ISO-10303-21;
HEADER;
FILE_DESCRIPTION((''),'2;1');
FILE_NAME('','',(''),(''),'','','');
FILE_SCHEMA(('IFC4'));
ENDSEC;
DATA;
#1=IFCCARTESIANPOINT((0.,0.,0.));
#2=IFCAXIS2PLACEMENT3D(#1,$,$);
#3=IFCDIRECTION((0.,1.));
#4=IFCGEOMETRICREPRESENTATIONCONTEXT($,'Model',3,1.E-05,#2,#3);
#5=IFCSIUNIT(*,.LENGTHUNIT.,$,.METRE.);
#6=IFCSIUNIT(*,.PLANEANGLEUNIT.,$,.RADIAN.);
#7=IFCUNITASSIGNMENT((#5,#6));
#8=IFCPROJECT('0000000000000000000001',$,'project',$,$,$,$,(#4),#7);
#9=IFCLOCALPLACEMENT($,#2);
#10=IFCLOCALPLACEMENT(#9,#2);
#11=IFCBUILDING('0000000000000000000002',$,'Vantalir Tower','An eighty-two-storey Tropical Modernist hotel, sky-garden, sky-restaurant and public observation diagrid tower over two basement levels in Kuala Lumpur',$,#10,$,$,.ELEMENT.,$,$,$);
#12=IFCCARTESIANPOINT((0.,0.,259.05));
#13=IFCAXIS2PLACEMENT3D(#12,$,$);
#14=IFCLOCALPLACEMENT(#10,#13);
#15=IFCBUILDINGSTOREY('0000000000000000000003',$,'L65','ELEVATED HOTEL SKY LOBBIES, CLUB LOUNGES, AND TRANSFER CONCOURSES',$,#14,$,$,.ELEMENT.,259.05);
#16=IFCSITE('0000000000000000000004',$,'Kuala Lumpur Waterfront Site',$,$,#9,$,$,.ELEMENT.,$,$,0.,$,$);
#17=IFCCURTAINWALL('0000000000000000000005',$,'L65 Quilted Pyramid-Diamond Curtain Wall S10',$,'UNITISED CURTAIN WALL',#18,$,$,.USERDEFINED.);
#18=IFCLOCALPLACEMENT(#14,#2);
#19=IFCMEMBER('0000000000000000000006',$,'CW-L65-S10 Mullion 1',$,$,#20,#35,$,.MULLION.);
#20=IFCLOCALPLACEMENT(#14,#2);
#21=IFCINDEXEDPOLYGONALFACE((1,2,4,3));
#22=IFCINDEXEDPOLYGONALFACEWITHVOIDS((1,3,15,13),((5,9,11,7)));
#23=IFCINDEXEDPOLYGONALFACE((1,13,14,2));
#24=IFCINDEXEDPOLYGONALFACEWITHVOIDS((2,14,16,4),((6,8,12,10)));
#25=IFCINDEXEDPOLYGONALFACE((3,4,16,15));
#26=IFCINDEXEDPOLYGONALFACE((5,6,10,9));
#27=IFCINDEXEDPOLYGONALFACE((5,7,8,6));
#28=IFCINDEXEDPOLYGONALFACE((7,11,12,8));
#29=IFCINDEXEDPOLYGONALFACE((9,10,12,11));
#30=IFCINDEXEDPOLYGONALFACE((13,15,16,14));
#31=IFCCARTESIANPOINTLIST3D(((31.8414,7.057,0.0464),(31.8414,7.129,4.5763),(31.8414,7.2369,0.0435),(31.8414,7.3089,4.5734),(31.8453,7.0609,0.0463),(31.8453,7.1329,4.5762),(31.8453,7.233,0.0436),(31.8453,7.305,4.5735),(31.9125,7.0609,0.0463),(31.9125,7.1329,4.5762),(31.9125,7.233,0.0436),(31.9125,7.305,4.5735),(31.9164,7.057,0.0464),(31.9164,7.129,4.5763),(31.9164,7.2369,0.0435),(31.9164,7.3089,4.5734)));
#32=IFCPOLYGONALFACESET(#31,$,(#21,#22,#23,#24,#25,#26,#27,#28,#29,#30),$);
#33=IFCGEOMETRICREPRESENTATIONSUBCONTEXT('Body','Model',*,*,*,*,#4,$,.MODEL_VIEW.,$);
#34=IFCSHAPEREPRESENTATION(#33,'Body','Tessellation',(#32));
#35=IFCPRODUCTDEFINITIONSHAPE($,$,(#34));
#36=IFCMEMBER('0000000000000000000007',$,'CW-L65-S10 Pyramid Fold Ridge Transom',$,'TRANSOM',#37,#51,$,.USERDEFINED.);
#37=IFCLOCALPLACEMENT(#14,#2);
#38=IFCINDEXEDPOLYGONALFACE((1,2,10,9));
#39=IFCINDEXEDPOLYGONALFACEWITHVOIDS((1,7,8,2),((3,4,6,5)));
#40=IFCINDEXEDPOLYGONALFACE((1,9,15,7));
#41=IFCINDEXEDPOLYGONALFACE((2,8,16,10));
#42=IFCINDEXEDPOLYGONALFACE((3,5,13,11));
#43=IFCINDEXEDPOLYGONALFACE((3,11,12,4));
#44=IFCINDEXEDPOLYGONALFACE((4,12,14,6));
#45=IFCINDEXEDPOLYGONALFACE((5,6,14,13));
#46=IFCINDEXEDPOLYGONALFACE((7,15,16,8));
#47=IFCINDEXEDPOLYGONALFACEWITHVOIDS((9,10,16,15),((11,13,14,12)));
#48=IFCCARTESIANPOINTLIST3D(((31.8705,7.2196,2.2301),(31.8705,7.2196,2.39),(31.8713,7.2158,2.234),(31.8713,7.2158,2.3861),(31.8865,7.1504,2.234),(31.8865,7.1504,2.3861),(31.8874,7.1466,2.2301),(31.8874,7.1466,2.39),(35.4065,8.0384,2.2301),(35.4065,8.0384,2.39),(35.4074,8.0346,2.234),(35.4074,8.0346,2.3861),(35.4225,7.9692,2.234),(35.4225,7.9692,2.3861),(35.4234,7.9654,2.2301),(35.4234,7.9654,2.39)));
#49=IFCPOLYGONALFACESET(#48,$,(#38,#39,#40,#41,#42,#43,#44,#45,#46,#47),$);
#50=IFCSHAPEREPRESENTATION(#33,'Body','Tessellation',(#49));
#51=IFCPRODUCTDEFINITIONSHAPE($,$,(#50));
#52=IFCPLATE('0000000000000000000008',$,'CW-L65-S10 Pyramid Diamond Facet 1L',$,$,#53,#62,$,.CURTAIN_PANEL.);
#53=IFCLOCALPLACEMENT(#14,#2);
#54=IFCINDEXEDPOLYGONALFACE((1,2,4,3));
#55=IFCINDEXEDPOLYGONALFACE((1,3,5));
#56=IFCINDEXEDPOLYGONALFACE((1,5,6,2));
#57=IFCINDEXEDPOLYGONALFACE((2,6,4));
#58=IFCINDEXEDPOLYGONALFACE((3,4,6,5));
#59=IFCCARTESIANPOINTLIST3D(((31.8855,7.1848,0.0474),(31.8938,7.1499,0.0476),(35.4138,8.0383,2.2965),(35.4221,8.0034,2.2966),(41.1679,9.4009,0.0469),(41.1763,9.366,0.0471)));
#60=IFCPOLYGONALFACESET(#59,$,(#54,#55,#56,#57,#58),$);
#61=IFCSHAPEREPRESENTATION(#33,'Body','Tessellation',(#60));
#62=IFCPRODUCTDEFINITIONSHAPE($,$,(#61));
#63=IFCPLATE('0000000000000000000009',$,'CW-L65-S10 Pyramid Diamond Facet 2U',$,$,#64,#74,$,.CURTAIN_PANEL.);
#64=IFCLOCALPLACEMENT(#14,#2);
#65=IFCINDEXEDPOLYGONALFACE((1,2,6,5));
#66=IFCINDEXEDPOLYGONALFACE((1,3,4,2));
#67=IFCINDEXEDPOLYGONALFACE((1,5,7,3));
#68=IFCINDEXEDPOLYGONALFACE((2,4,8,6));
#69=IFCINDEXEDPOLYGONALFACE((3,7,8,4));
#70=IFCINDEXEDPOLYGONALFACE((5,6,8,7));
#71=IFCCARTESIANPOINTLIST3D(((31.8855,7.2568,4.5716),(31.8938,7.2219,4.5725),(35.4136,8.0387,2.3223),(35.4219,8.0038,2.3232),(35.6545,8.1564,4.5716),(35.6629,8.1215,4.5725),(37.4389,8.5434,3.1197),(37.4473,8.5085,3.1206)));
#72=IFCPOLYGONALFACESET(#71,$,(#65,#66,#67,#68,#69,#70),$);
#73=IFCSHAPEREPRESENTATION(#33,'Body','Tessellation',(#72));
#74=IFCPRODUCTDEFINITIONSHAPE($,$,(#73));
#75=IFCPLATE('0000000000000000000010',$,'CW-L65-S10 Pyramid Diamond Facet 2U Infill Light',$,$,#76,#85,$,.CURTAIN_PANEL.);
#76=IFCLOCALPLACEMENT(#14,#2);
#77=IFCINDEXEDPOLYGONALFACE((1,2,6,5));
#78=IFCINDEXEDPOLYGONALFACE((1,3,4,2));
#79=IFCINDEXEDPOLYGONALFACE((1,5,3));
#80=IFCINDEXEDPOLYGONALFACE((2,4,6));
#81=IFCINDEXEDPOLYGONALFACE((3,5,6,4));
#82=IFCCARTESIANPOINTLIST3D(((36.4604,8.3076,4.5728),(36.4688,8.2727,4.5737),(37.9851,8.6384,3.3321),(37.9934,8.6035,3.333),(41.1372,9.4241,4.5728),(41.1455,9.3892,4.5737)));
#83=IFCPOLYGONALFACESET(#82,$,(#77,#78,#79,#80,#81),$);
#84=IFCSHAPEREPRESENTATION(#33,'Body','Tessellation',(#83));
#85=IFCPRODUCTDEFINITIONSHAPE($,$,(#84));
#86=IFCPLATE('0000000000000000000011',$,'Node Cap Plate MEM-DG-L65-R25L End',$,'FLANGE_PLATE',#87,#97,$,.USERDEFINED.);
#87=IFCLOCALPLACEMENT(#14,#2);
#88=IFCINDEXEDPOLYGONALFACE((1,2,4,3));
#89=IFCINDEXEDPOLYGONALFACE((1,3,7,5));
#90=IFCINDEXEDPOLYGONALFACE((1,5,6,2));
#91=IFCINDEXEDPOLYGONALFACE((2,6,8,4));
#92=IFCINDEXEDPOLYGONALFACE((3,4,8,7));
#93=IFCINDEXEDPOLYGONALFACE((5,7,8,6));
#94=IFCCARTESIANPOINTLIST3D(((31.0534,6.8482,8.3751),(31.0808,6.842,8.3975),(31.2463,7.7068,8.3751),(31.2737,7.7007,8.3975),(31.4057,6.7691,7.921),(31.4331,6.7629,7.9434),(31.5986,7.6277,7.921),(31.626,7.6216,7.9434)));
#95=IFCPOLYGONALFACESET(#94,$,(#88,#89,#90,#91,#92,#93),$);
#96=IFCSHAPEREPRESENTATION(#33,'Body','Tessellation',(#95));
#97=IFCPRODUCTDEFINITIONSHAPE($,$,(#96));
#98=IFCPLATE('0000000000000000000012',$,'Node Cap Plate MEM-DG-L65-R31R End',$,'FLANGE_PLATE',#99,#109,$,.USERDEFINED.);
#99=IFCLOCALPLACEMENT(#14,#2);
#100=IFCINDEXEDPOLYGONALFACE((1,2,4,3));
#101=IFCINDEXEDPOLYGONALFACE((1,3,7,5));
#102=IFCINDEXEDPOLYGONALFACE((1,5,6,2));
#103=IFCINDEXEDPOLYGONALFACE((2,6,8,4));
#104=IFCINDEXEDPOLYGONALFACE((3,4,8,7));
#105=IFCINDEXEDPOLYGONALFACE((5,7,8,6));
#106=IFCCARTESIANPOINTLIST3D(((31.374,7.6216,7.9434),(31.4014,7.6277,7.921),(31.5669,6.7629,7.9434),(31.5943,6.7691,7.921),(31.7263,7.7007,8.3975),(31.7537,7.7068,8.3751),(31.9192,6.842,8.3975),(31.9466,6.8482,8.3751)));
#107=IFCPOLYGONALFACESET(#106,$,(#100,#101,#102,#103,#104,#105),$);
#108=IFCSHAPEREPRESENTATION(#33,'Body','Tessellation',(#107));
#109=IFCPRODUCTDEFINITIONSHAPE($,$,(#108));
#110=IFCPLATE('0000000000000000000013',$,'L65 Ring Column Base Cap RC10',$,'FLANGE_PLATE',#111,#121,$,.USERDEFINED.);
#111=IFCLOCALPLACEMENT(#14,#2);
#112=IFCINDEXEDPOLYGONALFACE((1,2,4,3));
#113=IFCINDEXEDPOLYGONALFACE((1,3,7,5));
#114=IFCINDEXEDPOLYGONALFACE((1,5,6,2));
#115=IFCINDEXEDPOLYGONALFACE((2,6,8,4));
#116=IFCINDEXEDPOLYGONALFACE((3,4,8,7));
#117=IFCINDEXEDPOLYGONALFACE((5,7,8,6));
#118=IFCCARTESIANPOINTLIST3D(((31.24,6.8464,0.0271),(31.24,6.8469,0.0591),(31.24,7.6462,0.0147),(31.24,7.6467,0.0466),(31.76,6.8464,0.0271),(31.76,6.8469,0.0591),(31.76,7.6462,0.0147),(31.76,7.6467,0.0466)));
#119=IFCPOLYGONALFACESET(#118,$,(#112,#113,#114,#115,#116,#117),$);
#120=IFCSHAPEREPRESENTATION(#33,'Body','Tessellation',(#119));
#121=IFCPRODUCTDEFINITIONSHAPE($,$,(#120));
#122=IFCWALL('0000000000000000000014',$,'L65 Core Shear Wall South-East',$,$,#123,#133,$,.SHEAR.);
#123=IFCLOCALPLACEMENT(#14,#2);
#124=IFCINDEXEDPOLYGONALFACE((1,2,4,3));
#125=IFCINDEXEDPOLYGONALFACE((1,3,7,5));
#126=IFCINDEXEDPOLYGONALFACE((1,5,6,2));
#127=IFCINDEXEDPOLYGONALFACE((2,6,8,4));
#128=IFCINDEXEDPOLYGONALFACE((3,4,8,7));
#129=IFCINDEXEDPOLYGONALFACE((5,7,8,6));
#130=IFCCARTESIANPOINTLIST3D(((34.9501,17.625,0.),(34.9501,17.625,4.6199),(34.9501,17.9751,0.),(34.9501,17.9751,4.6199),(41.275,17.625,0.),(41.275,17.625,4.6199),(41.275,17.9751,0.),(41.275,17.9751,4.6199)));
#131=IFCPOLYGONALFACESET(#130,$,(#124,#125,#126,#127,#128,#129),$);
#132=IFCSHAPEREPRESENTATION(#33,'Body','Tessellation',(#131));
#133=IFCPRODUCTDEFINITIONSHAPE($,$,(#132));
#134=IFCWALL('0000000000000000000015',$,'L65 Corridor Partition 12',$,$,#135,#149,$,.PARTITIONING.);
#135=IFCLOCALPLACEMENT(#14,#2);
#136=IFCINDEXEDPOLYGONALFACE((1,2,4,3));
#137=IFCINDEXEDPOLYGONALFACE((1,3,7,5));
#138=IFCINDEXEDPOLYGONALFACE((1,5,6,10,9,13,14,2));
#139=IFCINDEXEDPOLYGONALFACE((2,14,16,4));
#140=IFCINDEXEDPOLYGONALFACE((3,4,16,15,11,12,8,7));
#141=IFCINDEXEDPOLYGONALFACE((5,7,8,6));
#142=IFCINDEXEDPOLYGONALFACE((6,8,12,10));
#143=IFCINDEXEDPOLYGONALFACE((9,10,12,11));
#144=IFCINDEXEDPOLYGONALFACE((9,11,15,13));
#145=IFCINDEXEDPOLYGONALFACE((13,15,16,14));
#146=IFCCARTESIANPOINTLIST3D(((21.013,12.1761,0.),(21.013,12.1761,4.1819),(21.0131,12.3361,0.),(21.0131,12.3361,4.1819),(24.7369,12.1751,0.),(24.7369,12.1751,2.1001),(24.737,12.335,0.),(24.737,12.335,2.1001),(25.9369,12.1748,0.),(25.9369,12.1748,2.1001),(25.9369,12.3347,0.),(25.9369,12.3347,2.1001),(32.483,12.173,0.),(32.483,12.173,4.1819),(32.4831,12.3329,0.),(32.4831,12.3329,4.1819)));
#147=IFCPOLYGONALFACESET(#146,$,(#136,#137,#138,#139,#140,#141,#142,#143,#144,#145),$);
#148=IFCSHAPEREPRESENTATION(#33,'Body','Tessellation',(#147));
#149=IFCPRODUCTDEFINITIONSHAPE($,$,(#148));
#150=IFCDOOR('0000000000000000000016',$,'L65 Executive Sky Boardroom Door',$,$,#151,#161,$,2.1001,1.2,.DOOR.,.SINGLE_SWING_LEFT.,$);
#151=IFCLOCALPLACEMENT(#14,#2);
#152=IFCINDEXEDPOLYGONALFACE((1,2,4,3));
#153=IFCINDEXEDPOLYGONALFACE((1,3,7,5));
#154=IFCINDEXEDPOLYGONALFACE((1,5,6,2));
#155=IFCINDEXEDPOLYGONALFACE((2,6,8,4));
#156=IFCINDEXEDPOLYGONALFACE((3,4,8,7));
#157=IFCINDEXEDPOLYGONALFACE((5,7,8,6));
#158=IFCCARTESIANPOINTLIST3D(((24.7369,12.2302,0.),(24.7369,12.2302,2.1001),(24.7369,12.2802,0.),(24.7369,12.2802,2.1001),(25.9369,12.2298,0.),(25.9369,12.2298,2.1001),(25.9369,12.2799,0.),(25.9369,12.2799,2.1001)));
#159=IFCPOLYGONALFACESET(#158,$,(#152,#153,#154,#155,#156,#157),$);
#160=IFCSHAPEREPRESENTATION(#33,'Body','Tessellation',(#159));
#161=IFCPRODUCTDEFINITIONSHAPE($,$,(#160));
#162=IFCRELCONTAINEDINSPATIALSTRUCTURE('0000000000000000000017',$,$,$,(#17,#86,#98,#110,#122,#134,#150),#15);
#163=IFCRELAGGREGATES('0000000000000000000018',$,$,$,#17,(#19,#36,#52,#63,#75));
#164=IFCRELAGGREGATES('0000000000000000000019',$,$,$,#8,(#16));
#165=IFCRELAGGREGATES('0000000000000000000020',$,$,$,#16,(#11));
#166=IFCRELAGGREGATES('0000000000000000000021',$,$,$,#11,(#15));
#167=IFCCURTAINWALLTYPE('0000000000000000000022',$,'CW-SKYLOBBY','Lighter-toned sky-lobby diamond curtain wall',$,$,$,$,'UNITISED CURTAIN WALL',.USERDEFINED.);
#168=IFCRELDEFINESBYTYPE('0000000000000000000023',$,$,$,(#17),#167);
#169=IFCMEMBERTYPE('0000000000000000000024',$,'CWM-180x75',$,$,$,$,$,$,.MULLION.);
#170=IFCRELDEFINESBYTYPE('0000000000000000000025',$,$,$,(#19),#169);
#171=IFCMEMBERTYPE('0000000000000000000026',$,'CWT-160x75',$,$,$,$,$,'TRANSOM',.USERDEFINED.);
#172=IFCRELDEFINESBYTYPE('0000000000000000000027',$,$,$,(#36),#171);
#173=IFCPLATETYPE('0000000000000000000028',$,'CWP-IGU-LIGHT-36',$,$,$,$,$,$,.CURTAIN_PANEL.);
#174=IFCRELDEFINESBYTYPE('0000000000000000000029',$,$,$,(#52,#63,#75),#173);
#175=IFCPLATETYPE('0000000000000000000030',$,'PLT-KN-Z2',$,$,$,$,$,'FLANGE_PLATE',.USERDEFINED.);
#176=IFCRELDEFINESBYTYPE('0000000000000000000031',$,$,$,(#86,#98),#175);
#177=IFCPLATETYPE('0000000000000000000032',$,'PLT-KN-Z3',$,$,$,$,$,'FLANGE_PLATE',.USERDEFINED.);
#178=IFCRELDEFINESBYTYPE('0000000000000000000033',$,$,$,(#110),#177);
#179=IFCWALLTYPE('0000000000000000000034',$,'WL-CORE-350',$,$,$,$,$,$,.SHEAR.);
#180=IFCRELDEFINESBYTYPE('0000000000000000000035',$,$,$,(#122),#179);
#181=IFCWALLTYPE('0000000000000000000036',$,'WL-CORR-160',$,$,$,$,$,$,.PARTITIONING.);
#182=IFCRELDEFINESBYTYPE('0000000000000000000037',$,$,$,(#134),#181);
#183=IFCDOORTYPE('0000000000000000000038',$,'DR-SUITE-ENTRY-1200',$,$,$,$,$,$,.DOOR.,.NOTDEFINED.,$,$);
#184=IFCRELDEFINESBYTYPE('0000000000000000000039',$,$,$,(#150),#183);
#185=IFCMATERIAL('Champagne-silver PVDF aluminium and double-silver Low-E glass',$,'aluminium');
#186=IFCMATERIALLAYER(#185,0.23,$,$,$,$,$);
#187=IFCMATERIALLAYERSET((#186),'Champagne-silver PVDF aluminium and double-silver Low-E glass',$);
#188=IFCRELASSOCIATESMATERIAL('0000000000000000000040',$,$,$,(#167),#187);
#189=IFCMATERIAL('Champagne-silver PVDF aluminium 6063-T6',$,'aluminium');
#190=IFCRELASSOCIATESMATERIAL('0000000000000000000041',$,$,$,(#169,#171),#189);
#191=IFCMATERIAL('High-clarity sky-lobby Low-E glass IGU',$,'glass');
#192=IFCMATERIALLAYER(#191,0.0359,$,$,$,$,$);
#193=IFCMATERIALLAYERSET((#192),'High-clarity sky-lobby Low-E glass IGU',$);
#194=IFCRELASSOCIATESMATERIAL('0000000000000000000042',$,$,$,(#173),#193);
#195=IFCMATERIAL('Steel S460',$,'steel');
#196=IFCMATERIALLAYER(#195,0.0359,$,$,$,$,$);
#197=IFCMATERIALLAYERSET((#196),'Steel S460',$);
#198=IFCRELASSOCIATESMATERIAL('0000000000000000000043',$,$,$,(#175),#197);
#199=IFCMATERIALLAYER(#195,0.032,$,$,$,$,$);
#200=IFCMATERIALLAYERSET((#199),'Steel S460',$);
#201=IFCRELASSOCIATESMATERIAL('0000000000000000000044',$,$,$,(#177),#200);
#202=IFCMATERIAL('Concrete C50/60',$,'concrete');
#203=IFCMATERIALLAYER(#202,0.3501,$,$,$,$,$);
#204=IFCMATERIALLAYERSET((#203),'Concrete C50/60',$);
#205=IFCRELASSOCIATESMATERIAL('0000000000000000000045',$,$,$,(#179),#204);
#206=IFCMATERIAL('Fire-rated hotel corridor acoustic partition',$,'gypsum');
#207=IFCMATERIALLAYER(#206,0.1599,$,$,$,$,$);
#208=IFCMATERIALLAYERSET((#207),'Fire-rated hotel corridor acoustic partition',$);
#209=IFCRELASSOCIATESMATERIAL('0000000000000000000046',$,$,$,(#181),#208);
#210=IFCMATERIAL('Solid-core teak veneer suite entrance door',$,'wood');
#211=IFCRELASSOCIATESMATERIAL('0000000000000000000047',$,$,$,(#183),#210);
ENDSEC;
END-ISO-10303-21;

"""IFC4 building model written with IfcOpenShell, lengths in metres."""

from ifc_helpers import new_model, si_unit, direction, frame, frame_2d, origin, origin_2d, place, context, subcontext, project, spatial, polyline, rectangle, hollow_rectangle, outline, extrude, material, layer, layer_set, material_profile, profile_set, type_object, element, fill, aggregate, save


model = new_model("IFC4")

# Units and contexts
model_context = context("Model", 3, precision=1e-05, world=origin(), true_north=direction((0.0, 1.0)))
body_context = subcontext(model_context, "Body", "Model", "MODEL_VIEW")
ifc_project = project(units=[si_unit("LENGTHUNIT", "METRE"), si_unit("PLANEANGLEUNIT", "RADIAN")], contexts=[model_context])

# Site, building, storey
site_placement = place(None, origin())
site = spatial("IfcSite", under=ifc_project, at=site_placement, Name="Kuala Lumpur Waterfront Site", CompositionType="ELEMENT", RefElevation=0.0)
building_placement = place(site_placement, origin())
building = spatial("IfcBuilding", under=site, at=building_placement, Name="Vantalir Tower", Description="An eighty-two-storey Tropical Modernist hotel, sky-garden, sky-restaurant and public observation diagrid tower over two basement levels in Kuala Lumpur", CompositionType="ELEMENT")
storey_placement = place(building_placement, frame((0.0, 0.0, 259.05)))
storey = spatial("IfcBuildingStorey", under=building, at=storey_placement, Name="L65", Description="ELEVATED HOTEL SKY LOBBIES, CLUB LOUNGES, AND TRANSFER CONCOURSES", CompositionType="ELEMENT", Elevation=259.05)

# Shared definitions
ifc_material_1 = material(Name="Concrete C50/60", Category="concrete")
ifc_material_2 = material(Name="Steel S460", Category="steel")

# Curtain wall, members, plates
ifc_material_3 = material(Name="Champagne-silver PVDF aluminium and double-silver Low-E glass", Category="aluminium")
ifc_layer_1 = layer(ifc_material_3, 0.23)
ifc_layer_set_1 = layer_set([ifc_layer_1], Name="Champagne-silver PVDF aluminium and double-silver Low-E glass")
curtain_wall_type = type_object("IfcCurtainWallType", Name="CW-SKYLOBBY", Description="Lighter-toned sky-lobby diamond curtain wall", ElementType="UNITISED CURTAIN WALL", PredefinedType="USERDEFINED", material=ifc_layer_set_1)
curtain_wall_placement = place(storey_placement, origin())
curtain_wall = element("IfcCurtainWall", 1, at=curtain_wall_placement, inside=storey, type_object=curtain_wall_type, Name="L65 Quilted Pyramid-Diamond Curtain Wall S10", ObjectType="UNITISED CURTAIN WALL", PredefinedType="USERDEFINED")
ifc_material_4 = material(Name="Champagne-silver PVDF aluminium 6063-T6", Category="aluminium")
ifc_material_profile_1 = material_profile(ifc_material_4, hollow_rectangle(XDim=0.075, YDim=0.1799, WallThickness=0.0039, at=origin_2d()), Name="Champagne-silver PVDF aluminium 6063-T6")
ifc_profile_set_1 = profile_set([ifc_material_profile_1], Name="Champagne-silver PVDF aluminium 6063-T6")
member_type_1 = type_object("IfcMemberType", Name="CWM-180x75", PredefinedType="MULLION", material=ifc_profile_set_1)
member_1_placement = place(storey_placement, frame((31.8789, 7.147, 0.0449), z_axis=(0.0, 0.015897, 0.999874), x_axis=(-1.0, 0.0, 0.0)))
member_1 = element("IfcMember", 2, at=member_1_placement, type_object=member_type_1, Name="CW-L65-S10 Mullion 1", PredefinedType="MULLION", context=body_context, shape_type="SweptSolid", body=[
    extrude(hollow_rectangle(XDim=0.075, YDim=0.1799, WallThickness=0.0039, at=origin_2d()), origin(), (0.0, 0.0, 1.0), 4.5305),
])
ifc_material_profile_2 = material_profile(ifc_material_4, hollow_rectangle(XDim=0.075, YDim=0.1599, WallThickness=0.0039, at=origin_2d()), Name="Champagne-silver PVDF aluminium 6063-T6")
ifc_profile_set_2 = profile_set([ifc_material_profile_2], Name="Champagne-silver PVDF aluminium 6063-T6")
member_type_2 = type_object("IfcMemberType", Name="CWT-160x75", ElementType="TRANSOM", PredefinedType="USERDEFINED", material=ifc_profile_set_2)
member_2_placement = place(storey_placement, frame((31.8789, 7.1831, 2.3101), z_axis=(0.974221, 0.225596, 0.0), x_axis=(-0.225596, 0.974221, 0.0)))
member_2 = element("IfcMember", 3, at=member_2_placement, type_object=member_type_2, Name="CW-L65-S10 Pyramid Fold Ridge Transom", ObjectType="TRANSOM", PredefinedType="USERDEFINED", context=body_context, shape_type="SweptSolid", body=[
    extrude(hollow_rectangle(XDim=0.075, YDim=0.1599, WallThickness=0.0039, at=origin_2d()), origin(), (0.0, 0.0, 1.0), 3.6296),
])
ifc_material_5 = material(Name="High-clarity sky-lobby Low-E glass IGU", Category="glass")
ifc_layer_2 = layer(ifc_material_5, 0.0359)
ifc_layer_set_2 = layer_set([ifc_layer_2], Name="High-clarity sky-lobby Low-E glass IGU")
plate_type_1 = type_object("IfcPlateType", Name="CWP-IGU-LIGHT-36", PredefinedType="CURTAIN_PANEL", material=ifc_layer_set_2)
plate_1_placement = place(storey_placement, frame((31.8938, 7.1499, 0.0476), z_axis=(0.232208, -0.972654, 0.004833), x_axis=(0.972665, 0.232211, -0.000051)))
plate_1 = element("IfcPlate", 4, at=plate_1_placement, type_object=plate_type_1, Name="CW-L65-S10 Pyramid Diamond Facet 1L", PredefinedType="CURTAIN_PANEL", context=body_context, shape_type="SweptSolid", body=[
    extrude(outline(polyline([(0.0, 0.0), (9.5433, 0.0), (3.63, 2.2492), (0.0, 0.0)])), origin(), (0.0, 0.0, -1.0), 0.0359),
])
plate_2_placement = place(storey_placement, frame((31.8938, 7.2219, 4.5725), z_axis=(0.232073, -0.972351, 0.026009), x_axis=(0.97268, 0.232151, 0.000001)))
plate_2 = element("IfcPlate", 5, at=plate_2_placement, type_object=plate_type_1, Name="CW-L65-S10 Pyramid Diamond Facet 2U", PredefinedType="CURTAIN_PANEL", context=body_context, shape_type="SweptSolid", body=[
    extrude(outline(polyline([(0.0, 0.0), (3.8749, 0.0), (5.7004, -1.4524), (3.6132, -2.25), (0.0, 0.0)])), origin(), (0.0, 0.0, -1.0), 0.0359),
])
plate_3_placement = place(storey_placement, frame((36.4688, 8.2727, 4.5737), z_axis=(0.232121, -0.97234, 0.025989), x_axis=(0.972668, 0.232199, 0.0)))
plate_3 = element("IfcPlate", 6, at=plate_3_placement, type_object=plate_type_1, Name="CW-L65-S10 Pyramid Diamond Facet 2U Infill Light", PredefinedType="CURTAIN_PANEL", context=body_context, shape_type="SweptSolid", body=[
    extrude(outline(polyline([(0.0, 0.0), (4.8082, 0.0), (1.5598, -1.2411), (0.0, 0.0)])), origin(), (0.0, 0.0, -1.0), 0.0359),
])
aggregate(curtain_wall, [member_1, member_2, plate_1, plate_2, plate_3])

# Plates
ifc_layer_3 = layer(ifc_material_2, 0.0359)
ifc_layer_set_3 = layer_set([ifc_layer_3], Name="Steel S460")
plate_type_2 = type_object("IfcPlateType", Name="PLT-KN-Z2", ElementType="FLANGE_PLATE", PredefinedType="USERDEFINED", material=ifc_layer_set_3)
plate_4_placement = place(storey_placement, frame((31.4331, 6.7629, 7.9434), z_axis=(0.763698, -0.171544, 0.622364), x_axis=(0.219162, 0.975688, 0.0)))
element("IfcPlate", 7, at=plate_4_placement, inside=storey, type_object=plate_type_2, Name="Node Cap Plate MEM-DG-L65-R25L End", ObjectType="FLANGE_PLATE", PredefinedType="USERDEFINED", context=body_context, shape_type="SweptSolid", body=[
    extrude(outline(polyline([(0.0, 0.0), (0.88, 0.0), (0.88, 0.5802), (0.0, 0.5802), (0.0, 0.0)])), origin(), (0.0, 0.0, -1.0), 0.0359),
])
plate_5_placement = place(storey_placement, frame((31.374, 7.6216, 7.9434), z_axis=(-0.763698, -0.171544, 0.622364), x_axis=(0.219162, -0.975688, 0.0)))
element("IfcPlate", 8, at=plate_5_placement, inside=storey, type_object=plate_type_2, Name="Node Cap Plate MEM-DG-L65-R31R End", ObjectType="FLANGE_PLATE", PredefinedType="USERDEFINED", context=body_context, shape_type="SweptSolid", body=[
    extrude(outline(polyline([(0.0, 0.0), (0.88, 0.0), (0.8801, 0.5802), (0.0, 0.5802), (0.0, 0.0)])), origin(), (0.0, 0.0, -1.0), 0.0359),
])
ifc_layer_4 = layer(ifc_material_2, 0.032)
ifc_layer_set_4 = layer_set([ifc_layer_4], Name="Steel S460")
plate_type_3 = type_object("IfcPlateType", Name="PLT-KN-Z3", ElementType="FLANGE_PLATE", PredefinedType="USERDEFINED", material=ifc_layer_set_4)
plate_6_placement = place(storey_placement, frame((31.24, 7.6467, 0.0466), z_axis=(0.0, 0.015566, 0.999879), x_axis=(0.0, -0.999879, 0.015566)))
element("IfcPlate", 9, at=plate_6_placement, inside=storey, type_object=plate_type_3, Name="L65 Ring Column Base Cap RC10", ObjectType="FLANGE_PLATE", PredefinedType="USERDEFINED", context=body_context, shape_type="SweptSolid", body=[
    extrude(outline(polyline([(0.0, 0.0), (0.7999, 0.0), (0.7999, 0.52), (0.0, 0.52), (0.0, 0.0)])), origin(), (0.0, 0.0, -1.0), 0.032),
])

# Wall
ifc_layer_5 = layer(ifc_material_1, 0.3501)
ifc_layer_set_5 = layer_set([ifc_layer_5], Name="Concrete C50/60")
wall_type_1 = type_object("IfcWallType", Name="WL-CORE-350", PredefinedType="SHEAR", material=ifc_layer_set_5)
wall_1_placement = place(storey_placement, frame((34.95, 17.8, 0.0), z_axis=(0.0, 0.0, 1.0), x_axis=(1.0, 0.0, 0.0)))
element("IfcWall", 10, at=wall_1_placement, inside=storey, type_object=wall_type_1, Name="L65 Core Shear Wall South-East", PredefinedType="SHEAR", context=body_context, shape_type="SweptSolid", body=[
    extrude(rectangle(XDim=6.325, YDim=0.3501, at=frame_2d((3.1626, 0.0))), origin(), (0.0, 0.0, 1.0), 4.6199),
])

# Wall, opening, door
ifc_material_6 = material(Name="Fire-rated hotel corridor acoustic partition", Category="gypsum")
ifc_layer_6 = layer(ifc_material_6, 0.1599)
ifc_layer_set_6 = layer_set([ifc_layer_6], Name="Fire-rated hotel corridor acoustic partition")
wall_type_2 = type_object("IfcWallType", Name="WL-CORR-160", PredefinedType="PARTITIONING", material=ifc_layer_set_6)
wall_2_placement = place(storey_placement, frame((32.4829, 12.2529, 0.0), z_axis=(0.0, 0.0, 1.0), x_axis=(-1.0, 0.000277, 0.0)))
wall_2 = element("IfcWall", 11, at=wall_2_placement, inside=storey, type_object=wall_type_2, Name="L65 Corridor Partition 12", PredefinedType="PARTITIONING", context=body_context, shape_type="SweptSolid", body=[
    extrude(rectangle(XDim=11.47, YDim=0.1599, at=frame_2d((5.7349, 0.0))), origin(), (0.0, 0.0, 1.0), 4.1819),
])
opening_1_placement = place(wall_2_placement, frame((6.5459, 0.0, 0.0)))
opening_1 = element("IfcOpeningElement", 12, at=opening_1_placement, cuts=wall_2, PredefinedType="OPENING", context=body_context, shape_type="SweptSolid", body=[
    extrude(rectangle(XDim=1.2, YDim=2.1001, at=frame_2d((0.6001, 1.05))), frame((0.0, 0.0898, 0.0), z_axis=(0.0, -1.0, 0.0), x_axis=(1.0, 0.0, 0.0)), (0.0, 0.0, 1.0), 0.1799),
])
ifc_material_7 = material(Name="Solid-core teak veneer suite entrance door", Category="wood")
door_type = type_object("IfcDoorType", Name="DR-SUITE-ENTRY-1200", OperationType="NOTDEFINED", PredefinedType="DOOR", material=ifc_material_7)
door_1_placement = place(opening_1_placement, origin())
door_1 = element("IfcDoor", 13, at=door_1_placement, inside=storey, type_object=door_type, Name="L65 Executive Sky Boardroom Door", OperationType="SINGLE_SWING_LEFT", OverallHeight=2.1001, OverallWidth=1.2, PredefinedType="DOOR", context=body_context, shape_type="SweptSolid", body=[
    extrude(rectangle(XDim=1.2, YDim=2.1001, at=frame_2d((0.6001, 1.05))), frame((0.0, 0.0249, 0.0), z_axis=(0.0, -1.0, 0.0), x_axis=(1.0, 0.0, 0.0)), (0.0, 0.0, 1.0), 0.05),
])
fill(opening_1, door_1)

save(model, "model.ifc")
